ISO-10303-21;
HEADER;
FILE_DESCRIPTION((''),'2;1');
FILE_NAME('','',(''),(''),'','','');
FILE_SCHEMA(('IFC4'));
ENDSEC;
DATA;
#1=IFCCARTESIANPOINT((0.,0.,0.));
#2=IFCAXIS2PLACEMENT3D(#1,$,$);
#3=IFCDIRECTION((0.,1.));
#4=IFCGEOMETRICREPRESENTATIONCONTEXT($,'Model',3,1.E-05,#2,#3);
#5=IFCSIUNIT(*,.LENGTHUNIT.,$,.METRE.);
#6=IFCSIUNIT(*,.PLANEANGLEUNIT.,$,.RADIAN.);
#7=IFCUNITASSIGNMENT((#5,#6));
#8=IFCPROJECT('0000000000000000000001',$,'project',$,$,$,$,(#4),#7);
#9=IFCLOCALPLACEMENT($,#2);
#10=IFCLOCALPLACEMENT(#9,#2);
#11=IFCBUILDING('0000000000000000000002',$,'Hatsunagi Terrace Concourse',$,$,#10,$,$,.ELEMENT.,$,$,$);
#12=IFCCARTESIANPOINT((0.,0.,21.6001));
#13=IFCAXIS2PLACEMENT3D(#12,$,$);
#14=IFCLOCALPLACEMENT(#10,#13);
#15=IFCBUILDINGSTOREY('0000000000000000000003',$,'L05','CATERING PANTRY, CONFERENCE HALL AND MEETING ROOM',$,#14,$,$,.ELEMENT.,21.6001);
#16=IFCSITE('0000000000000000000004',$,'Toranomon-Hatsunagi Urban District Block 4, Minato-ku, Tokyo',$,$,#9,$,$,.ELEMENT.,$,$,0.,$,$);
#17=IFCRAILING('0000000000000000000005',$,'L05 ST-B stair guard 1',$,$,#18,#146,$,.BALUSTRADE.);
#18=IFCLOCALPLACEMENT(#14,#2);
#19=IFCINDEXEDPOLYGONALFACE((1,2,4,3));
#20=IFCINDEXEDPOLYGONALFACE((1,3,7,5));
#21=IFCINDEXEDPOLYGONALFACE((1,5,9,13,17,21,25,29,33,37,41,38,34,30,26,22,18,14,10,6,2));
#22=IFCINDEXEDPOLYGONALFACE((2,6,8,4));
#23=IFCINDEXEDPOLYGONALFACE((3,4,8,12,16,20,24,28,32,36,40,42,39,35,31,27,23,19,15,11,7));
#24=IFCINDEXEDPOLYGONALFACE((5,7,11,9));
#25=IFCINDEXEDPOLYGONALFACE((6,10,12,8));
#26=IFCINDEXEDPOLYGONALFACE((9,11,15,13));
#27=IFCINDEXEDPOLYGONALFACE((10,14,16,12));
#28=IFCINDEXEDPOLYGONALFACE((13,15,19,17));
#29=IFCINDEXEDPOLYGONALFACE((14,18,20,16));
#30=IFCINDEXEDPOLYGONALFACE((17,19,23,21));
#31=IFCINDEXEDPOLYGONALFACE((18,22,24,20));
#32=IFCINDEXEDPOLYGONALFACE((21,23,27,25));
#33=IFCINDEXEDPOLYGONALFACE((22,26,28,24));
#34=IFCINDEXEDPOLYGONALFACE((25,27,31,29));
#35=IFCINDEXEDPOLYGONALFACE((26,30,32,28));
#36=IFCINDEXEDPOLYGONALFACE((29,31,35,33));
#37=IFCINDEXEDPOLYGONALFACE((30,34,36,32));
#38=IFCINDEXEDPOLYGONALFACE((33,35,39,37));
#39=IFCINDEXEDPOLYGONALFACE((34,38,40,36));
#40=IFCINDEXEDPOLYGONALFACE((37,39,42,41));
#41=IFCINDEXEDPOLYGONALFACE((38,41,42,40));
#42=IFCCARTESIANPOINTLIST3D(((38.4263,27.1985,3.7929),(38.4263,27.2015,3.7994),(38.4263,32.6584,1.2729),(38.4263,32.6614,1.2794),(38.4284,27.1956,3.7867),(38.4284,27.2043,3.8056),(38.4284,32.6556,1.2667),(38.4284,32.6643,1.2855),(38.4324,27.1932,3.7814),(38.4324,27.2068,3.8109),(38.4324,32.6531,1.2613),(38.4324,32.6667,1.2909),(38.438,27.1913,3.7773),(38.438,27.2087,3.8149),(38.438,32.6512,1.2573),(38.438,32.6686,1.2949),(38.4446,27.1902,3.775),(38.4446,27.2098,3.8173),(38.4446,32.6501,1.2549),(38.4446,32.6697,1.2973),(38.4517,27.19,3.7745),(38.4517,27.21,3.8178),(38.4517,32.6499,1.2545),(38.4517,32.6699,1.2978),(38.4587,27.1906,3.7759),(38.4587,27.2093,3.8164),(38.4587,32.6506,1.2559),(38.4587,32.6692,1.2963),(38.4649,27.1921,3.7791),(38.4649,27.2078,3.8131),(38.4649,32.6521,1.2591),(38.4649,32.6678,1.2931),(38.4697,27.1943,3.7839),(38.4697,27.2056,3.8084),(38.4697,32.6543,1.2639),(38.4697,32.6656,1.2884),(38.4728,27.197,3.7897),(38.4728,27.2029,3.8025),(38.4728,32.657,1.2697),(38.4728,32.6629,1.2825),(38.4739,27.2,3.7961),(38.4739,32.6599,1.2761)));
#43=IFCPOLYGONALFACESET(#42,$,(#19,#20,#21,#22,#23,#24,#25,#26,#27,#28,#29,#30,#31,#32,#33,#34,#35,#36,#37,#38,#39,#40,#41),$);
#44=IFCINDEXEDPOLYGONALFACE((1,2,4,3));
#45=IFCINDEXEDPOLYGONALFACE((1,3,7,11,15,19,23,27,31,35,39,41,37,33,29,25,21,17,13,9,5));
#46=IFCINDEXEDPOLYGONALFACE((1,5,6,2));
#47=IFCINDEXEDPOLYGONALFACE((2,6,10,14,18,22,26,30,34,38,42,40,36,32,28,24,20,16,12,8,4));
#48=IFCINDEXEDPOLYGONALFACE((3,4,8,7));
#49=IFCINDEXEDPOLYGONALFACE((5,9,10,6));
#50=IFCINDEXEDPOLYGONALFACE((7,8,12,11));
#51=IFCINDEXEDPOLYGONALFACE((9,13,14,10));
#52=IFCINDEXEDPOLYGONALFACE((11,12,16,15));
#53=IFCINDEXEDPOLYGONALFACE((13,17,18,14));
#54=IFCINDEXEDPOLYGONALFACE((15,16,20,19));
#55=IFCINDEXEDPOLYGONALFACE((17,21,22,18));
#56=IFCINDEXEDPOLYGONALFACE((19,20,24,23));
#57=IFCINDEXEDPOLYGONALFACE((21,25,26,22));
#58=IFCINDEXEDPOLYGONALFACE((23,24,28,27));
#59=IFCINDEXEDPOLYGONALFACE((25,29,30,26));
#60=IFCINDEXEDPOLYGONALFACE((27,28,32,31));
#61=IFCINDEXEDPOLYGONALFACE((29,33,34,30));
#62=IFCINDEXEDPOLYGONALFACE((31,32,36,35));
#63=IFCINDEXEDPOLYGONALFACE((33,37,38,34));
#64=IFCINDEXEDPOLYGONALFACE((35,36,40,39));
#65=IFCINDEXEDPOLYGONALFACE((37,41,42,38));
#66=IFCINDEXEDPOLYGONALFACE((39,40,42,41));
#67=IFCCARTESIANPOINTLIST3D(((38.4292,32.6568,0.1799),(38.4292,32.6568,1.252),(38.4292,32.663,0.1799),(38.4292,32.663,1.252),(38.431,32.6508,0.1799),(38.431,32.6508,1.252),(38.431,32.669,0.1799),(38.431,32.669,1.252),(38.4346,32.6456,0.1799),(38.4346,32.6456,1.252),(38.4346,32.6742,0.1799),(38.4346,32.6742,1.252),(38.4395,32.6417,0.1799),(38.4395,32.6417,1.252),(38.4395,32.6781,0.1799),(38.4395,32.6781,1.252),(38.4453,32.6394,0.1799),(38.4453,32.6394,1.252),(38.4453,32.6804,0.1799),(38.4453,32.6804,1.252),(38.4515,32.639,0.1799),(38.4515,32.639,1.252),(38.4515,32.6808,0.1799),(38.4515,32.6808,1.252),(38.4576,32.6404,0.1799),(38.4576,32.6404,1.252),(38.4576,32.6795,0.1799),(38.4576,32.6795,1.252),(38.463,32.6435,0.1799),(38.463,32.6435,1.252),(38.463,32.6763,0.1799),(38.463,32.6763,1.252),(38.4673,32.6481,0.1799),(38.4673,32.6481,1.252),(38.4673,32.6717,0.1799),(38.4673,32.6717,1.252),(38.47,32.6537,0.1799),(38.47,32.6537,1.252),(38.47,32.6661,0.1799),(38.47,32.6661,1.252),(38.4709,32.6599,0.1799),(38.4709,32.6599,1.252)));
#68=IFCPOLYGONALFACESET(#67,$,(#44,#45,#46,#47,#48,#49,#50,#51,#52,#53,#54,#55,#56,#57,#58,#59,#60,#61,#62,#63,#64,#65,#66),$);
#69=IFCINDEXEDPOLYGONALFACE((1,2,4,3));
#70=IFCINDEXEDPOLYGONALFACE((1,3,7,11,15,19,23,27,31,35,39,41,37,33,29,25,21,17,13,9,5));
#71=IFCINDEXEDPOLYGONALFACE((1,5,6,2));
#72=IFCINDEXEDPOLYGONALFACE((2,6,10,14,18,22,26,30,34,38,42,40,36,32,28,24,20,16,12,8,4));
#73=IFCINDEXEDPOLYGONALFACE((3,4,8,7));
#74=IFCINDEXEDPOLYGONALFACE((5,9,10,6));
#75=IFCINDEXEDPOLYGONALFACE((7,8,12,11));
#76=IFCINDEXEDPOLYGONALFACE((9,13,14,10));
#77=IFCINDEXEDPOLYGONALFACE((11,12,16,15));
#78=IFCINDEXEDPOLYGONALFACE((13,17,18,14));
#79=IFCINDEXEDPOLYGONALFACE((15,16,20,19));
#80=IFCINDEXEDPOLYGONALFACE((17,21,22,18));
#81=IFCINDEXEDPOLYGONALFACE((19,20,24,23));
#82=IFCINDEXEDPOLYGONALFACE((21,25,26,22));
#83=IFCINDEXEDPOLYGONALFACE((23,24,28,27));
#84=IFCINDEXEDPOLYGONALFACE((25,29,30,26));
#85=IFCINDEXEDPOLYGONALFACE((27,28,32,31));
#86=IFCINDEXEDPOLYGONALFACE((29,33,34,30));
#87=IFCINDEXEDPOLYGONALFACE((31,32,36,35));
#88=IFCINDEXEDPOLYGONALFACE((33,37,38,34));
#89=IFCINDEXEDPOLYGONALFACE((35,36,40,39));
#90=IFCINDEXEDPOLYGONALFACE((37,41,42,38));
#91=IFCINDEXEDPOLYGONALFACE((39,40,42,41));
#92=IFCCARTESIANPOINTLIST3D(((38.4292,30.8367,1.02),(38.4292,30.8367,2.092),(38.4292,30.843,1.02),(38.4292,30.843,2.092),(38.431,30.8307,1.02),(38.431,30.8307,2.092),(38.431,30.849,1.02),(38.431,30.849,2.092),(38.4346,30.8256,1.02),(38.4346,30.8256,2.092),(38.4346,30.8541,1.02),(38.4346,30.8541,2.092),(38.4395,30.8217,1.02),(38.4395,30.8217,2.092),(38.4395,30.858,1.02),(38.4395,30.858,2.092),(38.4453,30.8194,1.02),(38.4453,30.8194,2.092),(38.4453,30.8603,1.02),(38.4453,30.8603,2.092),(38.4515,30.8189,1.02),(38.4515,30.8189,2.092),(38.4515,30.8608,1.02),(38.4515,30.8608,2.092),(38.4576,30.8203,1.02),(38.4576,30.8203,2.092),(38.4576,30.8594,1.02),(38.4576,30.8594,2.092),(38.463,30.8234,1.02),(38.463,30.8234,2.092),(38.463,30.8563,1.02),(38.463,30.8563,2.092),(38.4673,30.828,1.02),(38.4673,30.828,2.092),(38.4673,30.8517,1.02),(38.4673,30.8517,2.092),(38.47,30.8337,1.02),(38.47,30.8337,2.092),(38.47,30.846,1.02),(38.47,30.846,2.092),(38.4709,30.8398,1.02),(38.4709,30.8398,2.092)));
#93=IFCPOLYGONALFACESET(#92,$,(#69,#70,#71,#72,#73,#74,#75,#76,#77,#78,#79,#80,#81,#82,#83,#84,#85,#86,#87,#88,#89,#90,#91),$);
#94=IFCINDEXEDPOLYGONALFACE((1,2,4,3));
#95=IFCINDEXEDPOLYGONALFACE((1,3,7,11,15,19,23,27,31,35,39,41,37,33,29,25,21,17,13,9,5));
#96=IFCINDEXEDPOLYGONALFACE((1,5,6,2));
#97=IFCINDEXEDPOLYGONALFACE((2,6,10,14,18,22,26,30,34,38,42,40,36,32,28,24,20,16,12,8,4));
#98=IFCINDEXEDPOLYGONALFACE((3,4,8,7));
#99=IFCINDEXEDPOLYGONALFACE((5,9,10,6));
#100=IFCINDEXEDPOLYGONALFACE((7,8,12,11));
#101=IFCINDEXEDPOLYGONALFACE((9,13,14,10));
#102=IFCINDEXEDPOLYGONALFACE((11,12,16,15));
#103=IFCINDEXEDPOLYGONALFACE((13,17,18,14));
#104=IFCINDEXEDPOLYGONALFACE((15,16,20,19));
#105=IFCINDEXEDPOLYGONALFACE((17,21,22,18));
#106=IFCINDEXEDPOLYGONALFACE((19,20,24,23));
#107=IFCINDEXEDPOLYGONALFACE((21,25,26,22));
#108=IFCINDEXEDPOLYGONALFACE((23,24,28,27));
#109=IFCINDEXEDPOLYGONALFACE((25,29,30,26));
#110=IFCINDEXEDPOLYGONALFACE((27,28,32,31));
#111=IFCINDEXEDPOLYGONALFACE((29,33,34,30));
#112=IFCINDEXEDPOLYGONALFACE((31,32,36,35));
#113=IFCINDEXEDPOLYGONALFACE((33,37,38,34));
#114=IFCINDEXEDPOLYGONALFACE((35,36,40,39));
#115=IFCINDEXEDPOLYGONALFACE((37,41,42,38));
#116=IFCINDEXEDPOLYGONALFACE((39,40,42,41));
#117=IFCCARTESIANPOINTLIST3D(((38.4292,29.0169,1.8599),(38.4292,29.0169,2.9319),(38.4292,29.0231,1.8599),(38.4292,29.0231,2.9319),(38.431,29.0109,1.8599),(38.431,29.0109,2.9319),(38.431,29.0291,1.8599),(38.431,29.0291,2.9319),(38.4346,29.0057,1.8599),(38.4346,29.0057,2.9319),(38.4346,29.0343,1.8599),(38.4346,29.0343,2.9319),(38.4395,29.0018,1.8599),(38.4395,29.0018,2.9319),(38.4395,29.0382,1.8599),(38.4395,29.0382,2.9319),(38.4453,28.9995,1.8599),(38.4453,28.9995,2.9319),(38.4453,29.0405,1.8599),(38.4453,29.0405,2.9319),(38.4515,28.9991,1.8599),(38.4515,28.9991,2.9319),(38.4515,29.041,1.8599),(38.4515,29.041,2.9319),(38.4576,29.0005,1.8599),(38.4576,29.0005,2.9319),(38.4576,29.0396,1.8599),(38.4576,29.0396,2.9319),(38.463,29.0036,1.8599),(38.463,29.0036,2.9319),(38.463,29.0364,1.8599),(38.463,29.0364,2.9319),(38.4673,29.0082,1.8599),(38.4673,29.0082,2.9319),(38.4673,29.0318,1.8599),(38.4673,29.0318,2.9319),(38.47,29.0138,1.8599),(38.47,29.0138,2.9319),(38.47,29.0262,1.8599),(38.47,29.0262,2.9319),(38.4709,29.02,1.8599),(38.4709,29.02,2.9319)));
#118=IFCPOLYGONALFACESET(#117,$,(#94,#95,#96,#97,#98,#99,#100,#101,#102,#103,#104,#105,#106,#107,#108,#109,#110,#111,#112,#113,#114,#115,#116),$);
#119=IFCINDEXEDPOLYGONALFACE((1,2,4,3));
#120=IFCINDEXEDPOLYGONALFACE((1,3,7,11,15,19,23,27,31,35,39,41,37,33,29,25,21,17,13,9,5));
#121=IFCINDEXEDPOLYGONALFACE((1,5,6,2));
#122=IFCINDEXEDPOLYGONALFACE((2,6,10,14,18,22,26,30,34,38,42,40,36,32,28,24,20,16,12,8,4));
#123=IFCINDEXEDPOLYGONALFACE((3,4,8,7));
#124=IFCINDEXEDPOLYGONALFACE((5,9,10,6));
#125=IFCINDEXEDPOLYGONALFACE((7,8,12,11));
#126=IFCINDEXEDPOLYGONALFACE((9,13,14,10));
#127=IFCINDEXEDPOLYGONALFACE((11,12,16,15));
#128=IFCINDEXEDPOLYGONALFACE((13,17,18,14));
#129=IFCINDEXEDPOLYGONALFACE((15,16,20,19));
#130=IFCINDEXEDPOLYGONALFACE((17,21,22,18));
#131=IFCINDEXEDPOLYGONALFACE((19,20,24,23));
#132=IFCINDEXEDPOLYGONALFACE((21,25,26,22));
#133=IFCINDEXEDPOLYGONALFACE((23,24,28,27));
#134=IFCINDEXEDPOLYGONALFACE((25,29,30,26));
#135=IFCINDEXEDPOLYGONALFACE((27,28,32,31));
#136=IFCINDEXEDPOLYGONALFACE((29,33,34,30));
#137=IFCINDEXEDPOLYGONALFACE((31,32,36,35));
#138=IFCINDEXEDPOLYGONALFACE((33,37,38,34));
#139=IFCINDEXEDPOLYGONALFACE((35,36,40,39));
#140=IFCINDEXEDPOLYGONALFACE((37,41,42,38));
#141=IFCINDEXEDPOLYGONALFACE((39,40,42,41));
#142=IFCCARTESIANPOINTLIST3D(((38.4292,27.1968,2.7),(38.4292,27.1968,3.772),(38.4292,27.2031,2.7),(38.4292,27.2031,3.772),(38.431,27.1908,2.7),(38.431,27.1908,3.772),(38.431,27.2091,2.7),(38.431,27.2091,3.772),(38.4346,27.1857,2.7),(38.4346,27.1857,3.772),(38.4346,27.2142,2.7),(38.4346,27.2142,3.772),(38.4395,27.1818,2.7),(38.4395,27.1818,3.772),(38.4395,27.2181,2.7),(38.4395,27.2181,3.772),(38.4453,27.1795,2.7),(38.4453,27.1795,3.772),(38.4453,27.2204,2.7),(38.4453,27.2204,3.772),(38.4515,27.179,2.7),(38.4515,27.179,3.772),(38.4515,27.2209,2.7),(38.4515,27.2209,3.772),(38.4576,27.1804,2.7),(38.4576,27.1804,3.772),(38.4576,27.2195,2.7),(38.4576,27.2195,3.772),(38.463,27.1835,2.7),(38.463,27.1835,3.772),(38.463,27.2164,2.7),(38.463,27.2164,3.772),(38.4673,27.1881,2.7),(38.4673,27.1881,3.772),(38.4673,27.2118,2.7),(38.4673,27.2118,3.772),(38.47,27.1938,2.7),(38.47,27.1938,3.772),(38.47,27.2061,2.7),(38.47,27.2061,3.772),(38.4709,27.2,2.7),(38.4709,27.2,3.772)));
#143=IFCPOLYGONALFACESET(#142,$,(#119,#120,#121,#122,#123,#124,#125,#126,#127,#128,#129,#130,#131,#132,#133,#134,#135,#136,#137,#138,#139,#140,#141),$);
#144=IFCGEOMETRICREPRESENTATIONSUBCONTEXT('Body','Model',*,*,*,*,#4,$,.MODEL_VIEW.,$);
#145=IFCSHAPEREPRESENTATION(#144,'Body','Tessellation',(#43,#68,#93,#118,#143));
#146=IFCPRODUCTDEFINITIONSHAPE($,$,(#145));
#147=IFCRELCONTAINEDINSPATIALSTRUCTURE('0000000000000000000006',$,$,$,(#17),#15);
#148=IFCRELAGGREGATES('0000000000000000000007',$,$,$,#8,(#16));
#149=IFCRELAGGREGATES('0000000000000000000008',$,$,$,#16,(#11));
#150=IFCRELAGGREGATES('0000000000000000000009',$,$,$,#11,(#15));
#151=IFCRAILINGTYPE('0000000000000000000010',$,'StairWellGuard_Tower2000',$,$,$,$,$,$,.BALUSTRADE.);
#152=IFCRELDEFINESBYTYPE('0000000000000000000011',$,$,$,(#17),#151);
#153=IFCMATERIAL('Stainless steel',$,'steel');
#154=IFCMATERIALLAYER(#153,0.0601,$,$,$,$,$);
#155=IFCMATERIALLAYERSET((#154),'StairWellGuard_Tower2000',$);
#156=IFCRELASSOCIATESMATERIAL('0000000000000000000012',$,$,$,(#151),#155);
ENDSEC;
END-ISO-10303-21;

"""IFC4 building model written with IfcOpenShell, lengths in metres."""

from ifc_helpers import new_model, si_unit, direction, frame, origin, origin_2d, place, context, subcontext, project, spatial, circle, extrude, material, layer, layer_set, type_object, element, save


model = new_model("IFC4")

# Units and contexts
model_context = context("Model", 3, precision=1e-05, world=origin(), true_north=direction((0.0, 1.0)))
body_context = subcontext(model_context, "Body", "Model", "MODEL_VIEW")
ifc_project = project(units=[si_unit("LENGTHUNIT", "METRE"), si_unit("PLANEANGLEUNIT", "RADIAN")], contexts=[model_context])

# Site, building, storey
site_placement = place(None, origin())
site = spatial("IfcSite", under=ifc_project, at=site_placement, Name="Toranomon-Hatsunagi Urban District Block 4, Minato-ku, Tokyo", CompositionType="ELEMENT", RefElevation=0.0)
building_placement = place(site_placement, origin())
building = spatial("IfcBuilding", under=site, at=building_placement, Name="Hatsunagi Terrace Concourse", CompositionType="ELEMENT")
storey_placement = place(building_placement, frame((0.0, 0.0, 21.6001)))
storey = spatial("IfcBuildingStorey", under=building, at=storey_placement, Name="L05", Description="CATERING PANTRY, CONFERENCE HALL AND MEETING ROOM", CompositionType="ELEMENT", Elevation=21.6001)

# Railing
ifc_material_1 = material(Name="Stainless steel", Category="steel")
ifc_layer_1 = layer(ifc_material_1, 0.0601)
ifc_layer_set_1 = layer_set([ifc_layer_1], Name="StairWellGuard_Tower2000")
railing_type_1 = type_object("IfcRailingType", Name="StairWellGuard_Tower2000", PredefinedType="BALUSTRADE", material=ifc_layer_set_1)
railing_1_placement = place(storey_placement, frame((38.45, 32.6599, 0.1799)))
element("IfcRailing", 1, at=railing_1_placement, inside=storey, type_object=railing_type_1, Name="L05 ST-B stair guard 1", PredefinedType="BALUSTRADE", context=body_context, shape_type="SweptSolid", body=[
    extrude(circle(Radius=0.0239, at=origin_2d()), frame((0.0, 0.0, 1.0962), z_axis=(0.0, -0.907957, 0.419063), x_axis=(1.0, 0.0, 0.0)), (0.0, 0.0, 1.0), 6.0134),
    extrude(circle(Radius=0.021, at=origin_2d()), origin(), (0.0, 0.0, 1.0), 1.072),
    extrude(circle(Radius=0.021, at=origin_2d()), frame((0.0, -1.8201, 0.8401)), (0.0, 0.0, 1.0), 1.072),
    extrude(circle(Radius=0.021, at=origin_2d()), frame((0.0, -3.6399, 1.6799)), (0.0, 0.0, 1.0), 1.072),
    extrude(circle(Radius=0.021, at=origin_2d()), frame((0.0, -5.46, 2.52)), (0.0, 0.0, 1.0), 1.072),
])

save(model, "model.ifc")
